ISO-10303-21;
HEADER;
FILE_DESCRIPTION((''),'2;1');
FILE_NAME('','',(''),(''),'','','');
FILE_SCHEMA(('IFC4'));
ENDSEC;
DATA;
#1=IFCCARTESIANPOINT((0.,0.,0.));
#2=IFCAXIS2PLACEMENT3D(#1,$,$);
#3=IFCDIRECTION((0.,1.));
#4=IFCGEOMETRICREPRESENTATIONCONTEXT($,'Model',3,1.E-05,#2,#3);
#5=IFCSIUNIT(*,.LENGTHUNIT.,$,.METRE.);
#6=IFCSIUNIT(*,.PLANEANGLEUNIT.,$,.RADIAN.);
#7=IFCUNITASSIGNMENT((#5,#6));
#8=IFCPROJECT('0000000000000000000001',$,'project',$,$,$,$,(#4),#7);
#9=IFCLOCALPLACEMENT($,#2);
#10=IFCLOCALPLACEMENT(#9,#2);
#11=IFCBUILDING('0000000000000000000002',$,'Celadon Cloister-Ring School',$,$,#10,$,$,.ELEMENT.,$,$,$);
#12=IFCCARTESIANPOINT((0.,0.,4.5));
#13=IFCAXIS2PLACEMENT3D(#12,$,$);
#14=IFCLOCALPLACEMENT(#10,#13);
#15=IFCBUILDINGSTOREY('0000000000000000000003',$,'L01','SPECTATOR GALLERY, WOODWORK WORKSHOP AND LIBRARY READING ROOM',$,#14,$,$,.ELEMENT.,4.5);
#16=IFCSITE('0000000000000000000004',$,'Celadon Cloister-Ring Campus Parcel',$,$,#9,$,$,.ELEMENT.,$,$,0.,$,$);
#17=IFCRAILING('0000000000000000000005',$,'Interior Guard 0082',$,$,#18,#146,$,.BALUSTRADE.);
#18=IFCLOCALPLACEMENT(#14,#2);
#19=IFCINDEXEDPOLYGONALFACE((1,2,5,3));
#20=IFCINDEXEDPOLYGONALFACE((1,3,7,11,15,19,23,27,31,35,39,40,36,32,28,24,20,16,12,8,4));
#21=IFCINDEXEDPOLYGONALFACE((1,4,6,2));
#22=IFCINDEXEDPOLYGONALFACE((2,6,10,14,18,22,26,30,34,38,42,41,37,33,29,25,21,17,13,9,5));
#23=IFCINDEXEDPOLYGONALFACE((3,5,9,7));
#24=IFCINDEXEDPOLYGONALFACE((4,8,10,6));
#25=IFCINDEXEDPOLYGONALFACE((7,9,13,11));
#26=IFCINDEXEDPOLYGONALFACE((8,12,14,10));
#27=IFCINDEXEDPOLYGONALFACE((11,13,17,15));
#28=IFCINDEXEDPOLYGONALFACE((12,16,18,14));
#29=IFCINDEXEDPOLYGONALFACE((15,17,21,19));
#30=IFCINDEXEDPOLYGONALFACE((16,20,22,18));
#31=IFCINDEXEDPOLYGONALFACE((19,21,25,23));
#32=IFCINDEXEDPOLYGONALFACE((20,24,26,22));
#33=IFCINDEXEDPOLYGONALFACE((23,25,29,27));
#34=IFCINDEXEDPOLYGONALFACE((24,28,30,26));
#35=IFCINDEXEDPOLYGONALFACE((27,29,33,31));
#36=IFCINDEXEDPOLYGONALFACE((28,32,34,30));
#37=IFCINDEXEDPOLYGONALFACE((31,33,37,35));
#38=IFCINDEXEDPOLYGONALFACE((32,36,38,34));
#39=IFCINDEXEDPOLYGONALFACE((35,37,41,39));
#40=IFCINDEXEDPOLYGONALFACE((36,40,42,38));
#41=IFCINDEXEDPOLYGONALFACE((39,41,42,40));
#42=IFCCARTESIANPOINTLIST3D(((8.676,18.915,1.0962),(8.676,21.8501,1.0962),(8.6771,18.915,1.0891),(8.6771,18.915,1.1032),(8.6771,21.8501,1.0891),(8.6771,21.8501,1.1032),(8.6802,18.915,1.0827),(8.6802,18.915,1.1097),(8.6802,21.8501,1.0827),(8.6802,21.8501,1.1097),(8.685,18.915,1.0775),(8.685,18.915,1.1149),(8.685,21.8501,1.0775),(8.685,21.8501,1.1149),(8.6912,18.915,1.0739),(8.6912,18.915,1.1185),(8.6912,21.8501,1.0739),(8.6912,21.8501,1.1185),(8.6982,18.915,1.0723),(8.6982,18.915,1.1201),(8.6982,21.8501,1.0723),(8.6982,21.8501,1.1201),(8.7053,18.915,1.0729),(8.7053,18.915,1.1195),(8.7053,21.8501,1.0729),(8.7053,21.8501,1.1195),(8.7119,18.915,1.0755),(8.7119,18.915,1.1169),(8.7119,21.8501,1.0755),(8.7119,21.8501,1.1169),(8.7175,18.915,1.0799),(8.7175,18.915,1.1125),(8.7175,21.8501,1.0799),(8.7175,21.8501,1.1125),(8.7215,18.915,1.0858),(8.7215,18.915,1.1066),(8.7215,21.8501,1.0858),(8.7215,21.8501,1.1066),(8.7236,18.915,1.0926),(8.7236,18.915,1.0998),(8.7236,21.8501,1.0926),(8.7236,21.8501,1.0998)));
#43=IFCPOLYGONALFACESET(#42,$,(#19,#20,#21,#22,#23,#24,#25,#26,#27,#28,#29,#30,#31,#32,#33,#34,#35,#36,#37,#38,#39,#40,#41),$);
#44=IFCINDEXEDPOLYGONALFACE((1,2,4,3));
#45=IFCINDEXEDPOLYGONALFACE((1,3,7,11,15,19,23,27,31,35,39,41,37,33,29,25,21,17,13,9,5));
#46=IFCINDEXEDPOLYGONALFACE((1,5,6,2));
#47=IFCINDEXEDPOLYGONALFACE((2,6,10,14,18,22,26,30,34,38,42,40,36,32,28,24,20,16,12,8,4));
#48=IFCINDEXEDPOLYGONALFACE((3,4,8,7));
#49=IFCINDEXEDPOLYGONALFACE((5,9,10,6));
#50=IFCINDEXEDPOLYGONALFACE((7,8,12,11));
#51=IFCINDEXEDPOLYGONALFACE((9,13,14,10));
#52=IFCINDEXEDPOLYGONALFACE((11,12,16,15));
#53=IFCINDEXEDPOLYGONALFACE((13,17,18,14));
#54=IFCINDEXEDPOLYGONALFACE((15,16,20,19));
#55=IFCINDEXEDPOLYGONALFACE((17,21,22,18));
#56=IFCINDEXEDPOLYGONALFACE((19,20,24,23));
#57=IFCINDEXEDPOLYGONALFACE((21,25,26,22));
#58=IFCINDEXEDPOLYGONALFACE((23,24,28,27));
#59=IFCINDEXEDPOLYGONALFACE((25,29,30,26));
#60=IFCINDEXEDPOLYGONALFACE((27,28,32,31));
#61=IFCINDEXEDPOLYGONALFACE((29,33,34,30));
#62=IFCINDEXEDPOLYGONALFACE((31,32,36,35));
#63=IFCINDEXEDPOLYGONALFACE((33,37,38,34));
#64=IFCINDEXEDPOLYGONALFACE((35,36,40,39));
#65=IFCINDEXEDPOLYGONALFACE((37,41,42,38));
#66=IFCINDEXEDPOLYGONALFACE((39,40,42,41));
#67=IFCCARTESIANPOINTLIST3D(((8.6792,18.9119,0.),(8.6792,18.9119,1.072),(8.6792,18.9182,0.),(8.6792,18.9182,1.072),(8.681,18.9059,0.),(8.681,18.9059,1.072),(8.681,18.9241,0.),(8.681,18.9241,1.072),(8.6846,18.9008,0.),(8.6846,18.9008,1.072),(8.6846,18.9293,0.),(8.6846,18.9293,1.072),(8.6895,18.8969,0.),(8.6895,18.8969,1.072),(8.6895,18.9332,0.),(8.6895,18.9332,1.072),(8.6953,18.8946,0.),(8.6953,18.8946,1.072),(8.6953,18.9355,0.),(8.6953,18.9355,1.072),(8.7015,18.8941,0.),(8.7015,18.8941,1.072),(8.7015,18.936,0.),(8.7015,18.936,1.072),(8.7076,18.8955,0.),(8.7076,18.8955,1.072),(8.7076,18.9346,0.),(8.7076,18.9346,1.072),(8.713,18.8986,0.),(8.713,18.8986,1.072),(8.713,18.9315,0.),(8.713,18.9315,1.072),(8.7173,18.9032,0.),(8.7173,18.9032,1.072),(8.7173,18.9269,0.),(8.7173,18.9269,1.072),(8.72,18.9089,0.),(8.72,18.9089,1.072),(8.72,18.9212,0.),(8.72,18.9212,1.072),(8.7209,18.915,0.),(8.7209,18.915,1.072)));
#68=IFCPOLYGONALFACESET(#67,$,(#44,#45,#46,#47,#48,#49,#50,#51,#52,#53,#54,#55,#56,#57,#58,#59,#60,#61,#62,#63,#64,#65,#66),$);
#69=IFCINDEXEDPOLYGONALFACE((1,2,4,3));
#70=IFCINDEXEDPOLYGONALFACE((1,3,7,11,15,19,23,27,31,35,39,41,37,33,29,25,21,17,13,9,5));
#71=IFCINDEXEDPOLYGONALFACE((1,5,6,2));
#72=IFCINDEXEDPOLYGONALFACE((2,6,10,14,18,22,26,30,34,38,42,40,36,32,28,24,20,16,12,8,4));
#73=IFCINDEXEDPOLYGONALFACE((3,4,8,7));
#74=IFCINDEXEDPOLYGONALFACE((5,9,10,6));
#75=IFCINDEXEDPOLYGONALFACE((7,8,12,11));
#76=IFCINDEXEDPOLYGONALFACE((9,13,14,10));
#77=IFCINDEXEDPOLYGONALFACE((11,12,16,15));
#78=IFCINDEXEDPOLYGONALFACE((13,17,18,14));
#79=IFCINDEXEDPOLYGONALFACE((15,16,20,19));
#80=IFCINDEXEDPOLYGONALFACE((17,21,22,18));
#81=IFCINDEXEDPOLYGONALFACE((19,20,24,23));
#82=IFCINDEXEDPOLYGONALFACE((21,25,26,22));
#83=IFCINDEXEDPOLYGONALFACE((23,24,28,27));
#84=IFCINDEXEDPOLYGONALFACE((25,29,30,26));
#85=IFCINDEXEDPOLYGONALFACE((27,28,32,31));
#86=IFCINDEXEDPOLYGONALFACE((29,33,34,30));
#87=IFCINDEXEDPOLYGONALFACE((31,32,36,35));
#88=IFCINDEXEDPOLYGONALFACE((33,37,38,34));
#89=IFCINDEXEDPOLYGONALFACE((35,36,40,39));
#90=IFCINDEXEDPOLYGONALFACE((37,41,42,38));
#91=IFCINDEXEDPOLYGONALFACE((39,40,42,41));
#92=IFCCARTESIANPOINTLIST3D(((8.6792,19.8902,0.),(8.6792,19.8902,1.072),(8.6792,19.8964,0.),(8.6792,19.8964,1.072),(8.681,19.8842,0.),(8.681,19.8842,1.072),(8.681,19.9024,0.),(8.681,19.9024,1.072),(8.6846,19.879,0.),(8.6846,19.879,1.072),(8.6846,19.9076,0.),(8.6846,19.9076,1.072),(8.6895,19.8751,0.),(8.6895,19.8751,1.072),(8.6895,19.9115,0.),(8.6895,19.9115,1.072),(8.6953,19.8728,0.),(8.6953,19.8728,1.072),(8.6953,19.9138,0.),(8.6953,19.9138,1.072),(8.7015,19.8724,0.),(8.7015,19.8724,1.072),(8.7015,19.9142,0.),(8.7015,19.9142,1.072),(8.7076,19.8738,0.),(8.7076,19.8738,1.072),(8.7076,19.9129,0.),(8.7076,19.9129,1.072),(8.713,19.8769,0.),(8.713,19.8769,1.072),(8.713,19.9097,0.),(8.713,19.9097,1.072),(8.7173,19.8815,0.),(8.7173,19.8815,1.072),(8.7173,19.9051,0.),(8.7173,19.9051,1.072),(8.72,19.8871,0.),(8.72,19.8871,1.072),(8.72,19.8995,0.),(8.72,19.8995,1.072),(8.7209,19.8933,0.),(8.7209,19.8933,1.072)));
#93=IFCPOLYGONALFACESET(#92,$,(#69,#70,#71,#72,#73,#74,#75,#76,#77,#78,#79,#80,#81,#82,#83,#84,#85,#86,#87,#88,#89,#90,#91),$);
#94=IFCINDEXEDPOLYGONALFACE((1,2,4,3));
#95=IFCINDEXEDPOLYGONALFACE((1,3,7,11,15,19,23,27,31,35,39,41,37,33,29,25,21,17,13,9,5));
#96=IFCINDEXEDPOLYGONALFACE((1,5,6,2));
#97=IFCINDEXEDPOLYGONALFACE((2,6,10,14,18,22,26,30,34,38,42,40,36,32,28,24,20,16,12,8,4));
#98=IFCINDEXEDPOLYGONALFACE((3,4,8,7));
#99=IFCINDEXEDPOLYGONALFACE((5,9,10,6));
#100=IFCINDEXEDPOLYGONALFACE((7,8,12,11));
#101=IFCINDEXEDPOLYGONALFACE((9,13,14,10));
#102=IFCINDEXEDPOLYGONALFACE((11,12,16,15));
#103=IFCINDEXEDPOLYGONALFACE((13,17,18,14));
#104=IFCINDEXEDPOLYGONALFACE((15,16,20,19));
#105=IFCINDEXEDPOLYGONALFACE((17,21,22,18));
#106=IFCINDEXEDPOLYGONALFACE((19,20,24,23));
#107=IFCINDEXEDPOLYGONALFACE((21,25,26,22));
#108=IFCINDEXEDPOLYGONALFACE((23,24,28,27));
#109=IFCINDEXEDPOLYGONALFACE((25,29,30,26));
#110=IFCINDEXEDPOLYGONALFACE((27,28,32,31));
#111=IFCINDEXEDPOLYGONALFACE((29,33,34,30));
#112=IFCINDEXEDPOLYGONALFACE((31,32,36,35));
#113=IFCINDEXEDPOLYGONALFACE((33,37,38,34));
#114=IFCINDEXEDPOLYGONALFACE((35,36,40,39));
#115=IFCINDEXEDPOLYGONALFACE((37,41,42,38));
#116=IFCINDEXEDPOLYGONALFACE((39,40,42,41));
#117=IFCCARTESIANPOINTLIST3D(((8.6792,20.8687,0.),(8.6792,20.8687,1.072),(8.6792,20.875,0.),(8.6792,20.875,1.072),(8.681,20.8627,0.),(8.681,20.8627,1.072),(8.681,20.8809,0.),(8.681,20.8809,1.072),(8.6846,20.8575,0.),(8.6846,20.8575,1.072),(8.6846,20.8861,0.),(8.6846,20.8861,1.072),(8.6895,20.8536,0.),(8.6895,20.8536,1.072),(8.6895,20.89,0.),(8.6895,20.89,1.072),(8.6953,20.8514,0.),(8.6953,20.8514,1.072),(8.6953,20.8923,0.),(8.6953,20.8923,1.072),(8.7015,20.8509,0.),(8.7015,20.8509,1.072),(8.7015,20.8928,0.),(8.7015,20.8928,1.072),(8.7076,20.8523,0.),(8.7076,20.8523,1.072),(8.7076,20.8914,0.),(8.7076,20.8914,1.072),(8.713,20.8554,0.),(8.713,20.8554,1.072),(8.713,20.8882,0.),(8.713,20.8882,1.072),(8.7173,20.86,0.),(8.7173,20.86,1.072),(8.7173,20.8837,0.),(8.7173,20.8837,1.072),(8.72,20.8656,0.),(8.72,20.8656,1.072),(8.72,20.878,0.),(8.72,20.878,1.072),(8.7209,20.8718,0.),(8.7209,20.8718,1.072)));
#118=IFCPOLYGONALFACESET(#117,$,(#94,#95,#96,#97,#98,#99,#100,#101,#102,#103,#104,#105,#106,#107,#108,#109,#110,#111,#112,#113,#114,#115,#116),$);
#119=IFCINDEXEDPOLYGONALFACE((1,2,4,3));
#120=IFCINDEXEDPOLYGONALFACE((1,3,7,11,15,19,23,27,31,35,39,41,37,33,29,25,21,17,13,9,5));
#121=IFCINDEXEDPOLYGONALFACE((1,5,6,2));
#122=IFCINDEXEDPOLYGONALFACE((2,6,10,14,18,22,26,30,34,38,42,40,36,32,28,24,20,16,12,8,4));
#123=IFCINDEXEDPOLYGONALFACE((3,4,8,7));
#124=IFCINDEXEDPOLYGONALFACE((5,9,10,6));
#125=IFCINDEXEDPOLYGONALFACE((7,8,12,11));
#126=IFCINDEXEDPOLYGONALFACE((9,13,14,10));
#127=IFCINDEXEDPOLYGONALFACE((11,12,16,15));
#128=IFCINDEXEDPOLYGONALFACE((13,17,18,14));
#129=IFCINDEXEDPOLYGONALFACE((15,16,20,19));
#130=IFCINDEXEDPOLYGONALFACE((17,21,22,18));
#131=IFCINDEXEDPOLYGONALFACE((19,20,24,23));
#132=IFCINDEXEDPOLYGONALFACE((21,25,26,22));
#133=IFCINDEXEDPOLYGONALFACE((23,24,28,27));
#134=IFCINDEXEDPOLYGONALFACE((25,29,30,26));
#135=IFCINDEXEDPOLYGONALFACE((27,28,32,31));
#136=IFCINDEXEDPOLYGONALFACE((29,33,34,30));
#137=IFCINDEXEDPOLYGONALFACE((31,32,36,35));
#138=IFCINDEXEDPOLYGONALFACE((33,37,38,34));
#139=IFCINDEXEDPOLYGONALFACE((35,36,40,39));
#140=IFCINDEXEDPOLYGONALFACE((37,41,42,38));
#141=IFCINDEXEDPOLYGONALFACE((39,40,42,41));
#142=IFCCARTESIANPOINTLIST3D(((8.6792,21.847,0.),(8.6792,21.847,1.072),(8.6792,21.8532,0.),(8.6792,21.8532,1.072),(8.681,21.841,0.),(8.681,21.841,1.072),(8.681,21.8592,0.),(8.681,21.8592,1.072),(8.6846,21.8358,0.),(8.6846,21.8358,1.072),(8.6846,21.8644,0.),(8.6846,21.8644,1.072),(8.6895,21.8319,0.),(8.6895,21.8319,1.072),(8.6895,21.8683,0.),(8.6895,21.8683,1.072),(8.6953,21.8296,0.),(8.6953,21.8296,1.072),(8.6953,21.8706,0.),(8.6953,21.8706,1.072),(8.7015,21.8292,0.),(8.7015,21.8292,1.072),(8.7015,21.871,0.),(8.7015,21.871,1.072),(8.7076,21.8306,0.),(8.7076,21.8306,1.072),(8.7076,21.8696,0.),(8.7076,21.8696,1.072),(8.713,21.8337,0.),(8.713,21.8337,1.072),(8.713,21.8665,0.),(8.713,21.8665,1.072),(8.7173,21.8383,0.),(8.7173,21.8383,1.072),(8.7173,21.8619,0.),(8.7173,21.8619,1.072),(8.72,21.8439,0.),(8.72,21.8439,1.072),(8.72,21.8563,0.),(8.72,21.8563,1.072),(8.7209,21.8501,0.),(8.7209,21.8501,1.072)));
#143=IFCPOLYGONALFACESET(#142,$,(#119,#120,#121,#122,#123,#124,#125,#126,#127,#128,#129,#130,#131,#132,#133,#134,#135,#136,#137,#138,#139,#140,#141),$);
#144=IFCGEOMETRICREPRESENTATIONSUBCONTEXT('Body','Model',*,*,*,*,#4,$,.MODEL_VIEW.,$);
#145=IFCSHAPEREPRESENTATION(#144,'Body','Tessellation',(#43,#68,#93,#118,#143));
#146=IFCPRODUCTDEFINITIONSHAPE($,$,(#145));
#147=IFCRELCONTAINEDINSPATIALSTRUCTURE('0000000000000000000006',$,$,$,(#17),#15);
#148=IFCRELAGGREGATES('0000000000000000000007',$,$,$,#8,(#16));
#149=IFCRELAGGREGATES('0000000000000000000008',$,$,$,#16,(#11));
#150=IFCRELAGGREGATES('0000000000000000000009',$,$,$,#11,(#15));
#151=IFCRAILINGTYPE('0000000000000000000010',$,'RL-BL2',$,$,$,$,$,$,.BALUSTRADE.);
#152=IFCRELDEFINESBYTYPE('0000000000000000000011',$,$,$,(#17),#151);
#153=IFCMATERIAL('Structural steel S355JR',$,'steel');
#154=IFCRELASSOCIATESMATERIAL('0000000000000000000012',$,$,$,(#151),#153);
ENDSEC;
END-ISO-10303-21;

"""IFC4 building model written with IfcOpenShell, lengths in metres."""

from ifc_helpers import new_model, si_unit, direction, frame, origin, origin_2d, place, context, subcontext, project, spatial, circle, extrude, material, type_object, element, save


model = new_model("IFC4")

# Units and contexts
model_context = context("Model", 3, precision=1e-05, world=origin(), true_north=direction((0.0, 1.0)))
body_context = subcontext(model_context, "Body", "Model", "MODEL_VIEW")
ifc_project = project(units=[si_unit("LENGTHUNIT", "METRE"), si_unit("PLANEANGLEUNIT", "RADIAN")], contexts=[model_context])

# Site, building, storey
site_placement = place(None, origin())
site = spatial("IfcSite", under=ifc_project, at=site_placement, Name="Celadon Cloister-Ring Campus Parcel", CompositionType="ELEMENT", RefElevation=0.0)
building_placement = place(site_placement, origin())
building = spatial("IfcBuilding", under=site, at=building_placement, Name="Celadon Cloister-Ring School", CompositionType="ELEMENT")
storey_placement = place(building_placement, frame((0.0, 0.0, 4.5)))
storey = spatial("IfcBuildingStorey", under=building, at=storey_placement, Name="L01", Description="SPECTATOR GALLERY, WOODWORK WORKSHOP AND LIBRARY READING ROOM", CompositionType="ELEMENT", Elevation=4.5)

# Railing
ifc_material_1 = material(Name="Structural steel S355JR", Category="steel")
railing_type_1 = type_object("IfcRailingType", Name="RL-BL2", PredefinedType="BALUSTRADE", material=ifc_material_1)
railing_1_placement = place(storey_placement, frame((8.7, 18.915, 0.0)))
element("IfcRailing", 1, at=railing_1_placement, inside=storey, type_object=railing_type_1, Name="Interior Guard 0082", PredefinedType="BALUSTRADE", context=body_context, shape_type="SweptSolid", body=[
    extrude(circle(Radius=0.0239, at=origin_2d()), frame((0.0, 0.0, 1.0962), z_axis=(0.0, 1.0, 0.0), x_axis=(-1.0, 0.0, 0.0)), (0.0, 0.0, 1.0), 2.9351),
    extrude(circle(Radius=0.021, at=origin_2d()), origin(), (0.0, 0.0, 1.0), 1.072),
    extrude(circle(Radius=0.021, at=origin_2d()), frame((0.0, 0.9783, 0.0)), (0.0, 0.0, 1.0), 1.072),
    extrude(circle(Radius=0.021, at=origin_2d()), frame((0.0, 1.9568, 0.0)), (0.0, 0.0, 1.0), 1.072),
    extrude(circle(Radius=0.021, at=origin_2d()), frame((0.0, 2.9351, 0.0)), (0.0, 0.0, 1.0), 1.072),
])

save(model, "model.ifc")
